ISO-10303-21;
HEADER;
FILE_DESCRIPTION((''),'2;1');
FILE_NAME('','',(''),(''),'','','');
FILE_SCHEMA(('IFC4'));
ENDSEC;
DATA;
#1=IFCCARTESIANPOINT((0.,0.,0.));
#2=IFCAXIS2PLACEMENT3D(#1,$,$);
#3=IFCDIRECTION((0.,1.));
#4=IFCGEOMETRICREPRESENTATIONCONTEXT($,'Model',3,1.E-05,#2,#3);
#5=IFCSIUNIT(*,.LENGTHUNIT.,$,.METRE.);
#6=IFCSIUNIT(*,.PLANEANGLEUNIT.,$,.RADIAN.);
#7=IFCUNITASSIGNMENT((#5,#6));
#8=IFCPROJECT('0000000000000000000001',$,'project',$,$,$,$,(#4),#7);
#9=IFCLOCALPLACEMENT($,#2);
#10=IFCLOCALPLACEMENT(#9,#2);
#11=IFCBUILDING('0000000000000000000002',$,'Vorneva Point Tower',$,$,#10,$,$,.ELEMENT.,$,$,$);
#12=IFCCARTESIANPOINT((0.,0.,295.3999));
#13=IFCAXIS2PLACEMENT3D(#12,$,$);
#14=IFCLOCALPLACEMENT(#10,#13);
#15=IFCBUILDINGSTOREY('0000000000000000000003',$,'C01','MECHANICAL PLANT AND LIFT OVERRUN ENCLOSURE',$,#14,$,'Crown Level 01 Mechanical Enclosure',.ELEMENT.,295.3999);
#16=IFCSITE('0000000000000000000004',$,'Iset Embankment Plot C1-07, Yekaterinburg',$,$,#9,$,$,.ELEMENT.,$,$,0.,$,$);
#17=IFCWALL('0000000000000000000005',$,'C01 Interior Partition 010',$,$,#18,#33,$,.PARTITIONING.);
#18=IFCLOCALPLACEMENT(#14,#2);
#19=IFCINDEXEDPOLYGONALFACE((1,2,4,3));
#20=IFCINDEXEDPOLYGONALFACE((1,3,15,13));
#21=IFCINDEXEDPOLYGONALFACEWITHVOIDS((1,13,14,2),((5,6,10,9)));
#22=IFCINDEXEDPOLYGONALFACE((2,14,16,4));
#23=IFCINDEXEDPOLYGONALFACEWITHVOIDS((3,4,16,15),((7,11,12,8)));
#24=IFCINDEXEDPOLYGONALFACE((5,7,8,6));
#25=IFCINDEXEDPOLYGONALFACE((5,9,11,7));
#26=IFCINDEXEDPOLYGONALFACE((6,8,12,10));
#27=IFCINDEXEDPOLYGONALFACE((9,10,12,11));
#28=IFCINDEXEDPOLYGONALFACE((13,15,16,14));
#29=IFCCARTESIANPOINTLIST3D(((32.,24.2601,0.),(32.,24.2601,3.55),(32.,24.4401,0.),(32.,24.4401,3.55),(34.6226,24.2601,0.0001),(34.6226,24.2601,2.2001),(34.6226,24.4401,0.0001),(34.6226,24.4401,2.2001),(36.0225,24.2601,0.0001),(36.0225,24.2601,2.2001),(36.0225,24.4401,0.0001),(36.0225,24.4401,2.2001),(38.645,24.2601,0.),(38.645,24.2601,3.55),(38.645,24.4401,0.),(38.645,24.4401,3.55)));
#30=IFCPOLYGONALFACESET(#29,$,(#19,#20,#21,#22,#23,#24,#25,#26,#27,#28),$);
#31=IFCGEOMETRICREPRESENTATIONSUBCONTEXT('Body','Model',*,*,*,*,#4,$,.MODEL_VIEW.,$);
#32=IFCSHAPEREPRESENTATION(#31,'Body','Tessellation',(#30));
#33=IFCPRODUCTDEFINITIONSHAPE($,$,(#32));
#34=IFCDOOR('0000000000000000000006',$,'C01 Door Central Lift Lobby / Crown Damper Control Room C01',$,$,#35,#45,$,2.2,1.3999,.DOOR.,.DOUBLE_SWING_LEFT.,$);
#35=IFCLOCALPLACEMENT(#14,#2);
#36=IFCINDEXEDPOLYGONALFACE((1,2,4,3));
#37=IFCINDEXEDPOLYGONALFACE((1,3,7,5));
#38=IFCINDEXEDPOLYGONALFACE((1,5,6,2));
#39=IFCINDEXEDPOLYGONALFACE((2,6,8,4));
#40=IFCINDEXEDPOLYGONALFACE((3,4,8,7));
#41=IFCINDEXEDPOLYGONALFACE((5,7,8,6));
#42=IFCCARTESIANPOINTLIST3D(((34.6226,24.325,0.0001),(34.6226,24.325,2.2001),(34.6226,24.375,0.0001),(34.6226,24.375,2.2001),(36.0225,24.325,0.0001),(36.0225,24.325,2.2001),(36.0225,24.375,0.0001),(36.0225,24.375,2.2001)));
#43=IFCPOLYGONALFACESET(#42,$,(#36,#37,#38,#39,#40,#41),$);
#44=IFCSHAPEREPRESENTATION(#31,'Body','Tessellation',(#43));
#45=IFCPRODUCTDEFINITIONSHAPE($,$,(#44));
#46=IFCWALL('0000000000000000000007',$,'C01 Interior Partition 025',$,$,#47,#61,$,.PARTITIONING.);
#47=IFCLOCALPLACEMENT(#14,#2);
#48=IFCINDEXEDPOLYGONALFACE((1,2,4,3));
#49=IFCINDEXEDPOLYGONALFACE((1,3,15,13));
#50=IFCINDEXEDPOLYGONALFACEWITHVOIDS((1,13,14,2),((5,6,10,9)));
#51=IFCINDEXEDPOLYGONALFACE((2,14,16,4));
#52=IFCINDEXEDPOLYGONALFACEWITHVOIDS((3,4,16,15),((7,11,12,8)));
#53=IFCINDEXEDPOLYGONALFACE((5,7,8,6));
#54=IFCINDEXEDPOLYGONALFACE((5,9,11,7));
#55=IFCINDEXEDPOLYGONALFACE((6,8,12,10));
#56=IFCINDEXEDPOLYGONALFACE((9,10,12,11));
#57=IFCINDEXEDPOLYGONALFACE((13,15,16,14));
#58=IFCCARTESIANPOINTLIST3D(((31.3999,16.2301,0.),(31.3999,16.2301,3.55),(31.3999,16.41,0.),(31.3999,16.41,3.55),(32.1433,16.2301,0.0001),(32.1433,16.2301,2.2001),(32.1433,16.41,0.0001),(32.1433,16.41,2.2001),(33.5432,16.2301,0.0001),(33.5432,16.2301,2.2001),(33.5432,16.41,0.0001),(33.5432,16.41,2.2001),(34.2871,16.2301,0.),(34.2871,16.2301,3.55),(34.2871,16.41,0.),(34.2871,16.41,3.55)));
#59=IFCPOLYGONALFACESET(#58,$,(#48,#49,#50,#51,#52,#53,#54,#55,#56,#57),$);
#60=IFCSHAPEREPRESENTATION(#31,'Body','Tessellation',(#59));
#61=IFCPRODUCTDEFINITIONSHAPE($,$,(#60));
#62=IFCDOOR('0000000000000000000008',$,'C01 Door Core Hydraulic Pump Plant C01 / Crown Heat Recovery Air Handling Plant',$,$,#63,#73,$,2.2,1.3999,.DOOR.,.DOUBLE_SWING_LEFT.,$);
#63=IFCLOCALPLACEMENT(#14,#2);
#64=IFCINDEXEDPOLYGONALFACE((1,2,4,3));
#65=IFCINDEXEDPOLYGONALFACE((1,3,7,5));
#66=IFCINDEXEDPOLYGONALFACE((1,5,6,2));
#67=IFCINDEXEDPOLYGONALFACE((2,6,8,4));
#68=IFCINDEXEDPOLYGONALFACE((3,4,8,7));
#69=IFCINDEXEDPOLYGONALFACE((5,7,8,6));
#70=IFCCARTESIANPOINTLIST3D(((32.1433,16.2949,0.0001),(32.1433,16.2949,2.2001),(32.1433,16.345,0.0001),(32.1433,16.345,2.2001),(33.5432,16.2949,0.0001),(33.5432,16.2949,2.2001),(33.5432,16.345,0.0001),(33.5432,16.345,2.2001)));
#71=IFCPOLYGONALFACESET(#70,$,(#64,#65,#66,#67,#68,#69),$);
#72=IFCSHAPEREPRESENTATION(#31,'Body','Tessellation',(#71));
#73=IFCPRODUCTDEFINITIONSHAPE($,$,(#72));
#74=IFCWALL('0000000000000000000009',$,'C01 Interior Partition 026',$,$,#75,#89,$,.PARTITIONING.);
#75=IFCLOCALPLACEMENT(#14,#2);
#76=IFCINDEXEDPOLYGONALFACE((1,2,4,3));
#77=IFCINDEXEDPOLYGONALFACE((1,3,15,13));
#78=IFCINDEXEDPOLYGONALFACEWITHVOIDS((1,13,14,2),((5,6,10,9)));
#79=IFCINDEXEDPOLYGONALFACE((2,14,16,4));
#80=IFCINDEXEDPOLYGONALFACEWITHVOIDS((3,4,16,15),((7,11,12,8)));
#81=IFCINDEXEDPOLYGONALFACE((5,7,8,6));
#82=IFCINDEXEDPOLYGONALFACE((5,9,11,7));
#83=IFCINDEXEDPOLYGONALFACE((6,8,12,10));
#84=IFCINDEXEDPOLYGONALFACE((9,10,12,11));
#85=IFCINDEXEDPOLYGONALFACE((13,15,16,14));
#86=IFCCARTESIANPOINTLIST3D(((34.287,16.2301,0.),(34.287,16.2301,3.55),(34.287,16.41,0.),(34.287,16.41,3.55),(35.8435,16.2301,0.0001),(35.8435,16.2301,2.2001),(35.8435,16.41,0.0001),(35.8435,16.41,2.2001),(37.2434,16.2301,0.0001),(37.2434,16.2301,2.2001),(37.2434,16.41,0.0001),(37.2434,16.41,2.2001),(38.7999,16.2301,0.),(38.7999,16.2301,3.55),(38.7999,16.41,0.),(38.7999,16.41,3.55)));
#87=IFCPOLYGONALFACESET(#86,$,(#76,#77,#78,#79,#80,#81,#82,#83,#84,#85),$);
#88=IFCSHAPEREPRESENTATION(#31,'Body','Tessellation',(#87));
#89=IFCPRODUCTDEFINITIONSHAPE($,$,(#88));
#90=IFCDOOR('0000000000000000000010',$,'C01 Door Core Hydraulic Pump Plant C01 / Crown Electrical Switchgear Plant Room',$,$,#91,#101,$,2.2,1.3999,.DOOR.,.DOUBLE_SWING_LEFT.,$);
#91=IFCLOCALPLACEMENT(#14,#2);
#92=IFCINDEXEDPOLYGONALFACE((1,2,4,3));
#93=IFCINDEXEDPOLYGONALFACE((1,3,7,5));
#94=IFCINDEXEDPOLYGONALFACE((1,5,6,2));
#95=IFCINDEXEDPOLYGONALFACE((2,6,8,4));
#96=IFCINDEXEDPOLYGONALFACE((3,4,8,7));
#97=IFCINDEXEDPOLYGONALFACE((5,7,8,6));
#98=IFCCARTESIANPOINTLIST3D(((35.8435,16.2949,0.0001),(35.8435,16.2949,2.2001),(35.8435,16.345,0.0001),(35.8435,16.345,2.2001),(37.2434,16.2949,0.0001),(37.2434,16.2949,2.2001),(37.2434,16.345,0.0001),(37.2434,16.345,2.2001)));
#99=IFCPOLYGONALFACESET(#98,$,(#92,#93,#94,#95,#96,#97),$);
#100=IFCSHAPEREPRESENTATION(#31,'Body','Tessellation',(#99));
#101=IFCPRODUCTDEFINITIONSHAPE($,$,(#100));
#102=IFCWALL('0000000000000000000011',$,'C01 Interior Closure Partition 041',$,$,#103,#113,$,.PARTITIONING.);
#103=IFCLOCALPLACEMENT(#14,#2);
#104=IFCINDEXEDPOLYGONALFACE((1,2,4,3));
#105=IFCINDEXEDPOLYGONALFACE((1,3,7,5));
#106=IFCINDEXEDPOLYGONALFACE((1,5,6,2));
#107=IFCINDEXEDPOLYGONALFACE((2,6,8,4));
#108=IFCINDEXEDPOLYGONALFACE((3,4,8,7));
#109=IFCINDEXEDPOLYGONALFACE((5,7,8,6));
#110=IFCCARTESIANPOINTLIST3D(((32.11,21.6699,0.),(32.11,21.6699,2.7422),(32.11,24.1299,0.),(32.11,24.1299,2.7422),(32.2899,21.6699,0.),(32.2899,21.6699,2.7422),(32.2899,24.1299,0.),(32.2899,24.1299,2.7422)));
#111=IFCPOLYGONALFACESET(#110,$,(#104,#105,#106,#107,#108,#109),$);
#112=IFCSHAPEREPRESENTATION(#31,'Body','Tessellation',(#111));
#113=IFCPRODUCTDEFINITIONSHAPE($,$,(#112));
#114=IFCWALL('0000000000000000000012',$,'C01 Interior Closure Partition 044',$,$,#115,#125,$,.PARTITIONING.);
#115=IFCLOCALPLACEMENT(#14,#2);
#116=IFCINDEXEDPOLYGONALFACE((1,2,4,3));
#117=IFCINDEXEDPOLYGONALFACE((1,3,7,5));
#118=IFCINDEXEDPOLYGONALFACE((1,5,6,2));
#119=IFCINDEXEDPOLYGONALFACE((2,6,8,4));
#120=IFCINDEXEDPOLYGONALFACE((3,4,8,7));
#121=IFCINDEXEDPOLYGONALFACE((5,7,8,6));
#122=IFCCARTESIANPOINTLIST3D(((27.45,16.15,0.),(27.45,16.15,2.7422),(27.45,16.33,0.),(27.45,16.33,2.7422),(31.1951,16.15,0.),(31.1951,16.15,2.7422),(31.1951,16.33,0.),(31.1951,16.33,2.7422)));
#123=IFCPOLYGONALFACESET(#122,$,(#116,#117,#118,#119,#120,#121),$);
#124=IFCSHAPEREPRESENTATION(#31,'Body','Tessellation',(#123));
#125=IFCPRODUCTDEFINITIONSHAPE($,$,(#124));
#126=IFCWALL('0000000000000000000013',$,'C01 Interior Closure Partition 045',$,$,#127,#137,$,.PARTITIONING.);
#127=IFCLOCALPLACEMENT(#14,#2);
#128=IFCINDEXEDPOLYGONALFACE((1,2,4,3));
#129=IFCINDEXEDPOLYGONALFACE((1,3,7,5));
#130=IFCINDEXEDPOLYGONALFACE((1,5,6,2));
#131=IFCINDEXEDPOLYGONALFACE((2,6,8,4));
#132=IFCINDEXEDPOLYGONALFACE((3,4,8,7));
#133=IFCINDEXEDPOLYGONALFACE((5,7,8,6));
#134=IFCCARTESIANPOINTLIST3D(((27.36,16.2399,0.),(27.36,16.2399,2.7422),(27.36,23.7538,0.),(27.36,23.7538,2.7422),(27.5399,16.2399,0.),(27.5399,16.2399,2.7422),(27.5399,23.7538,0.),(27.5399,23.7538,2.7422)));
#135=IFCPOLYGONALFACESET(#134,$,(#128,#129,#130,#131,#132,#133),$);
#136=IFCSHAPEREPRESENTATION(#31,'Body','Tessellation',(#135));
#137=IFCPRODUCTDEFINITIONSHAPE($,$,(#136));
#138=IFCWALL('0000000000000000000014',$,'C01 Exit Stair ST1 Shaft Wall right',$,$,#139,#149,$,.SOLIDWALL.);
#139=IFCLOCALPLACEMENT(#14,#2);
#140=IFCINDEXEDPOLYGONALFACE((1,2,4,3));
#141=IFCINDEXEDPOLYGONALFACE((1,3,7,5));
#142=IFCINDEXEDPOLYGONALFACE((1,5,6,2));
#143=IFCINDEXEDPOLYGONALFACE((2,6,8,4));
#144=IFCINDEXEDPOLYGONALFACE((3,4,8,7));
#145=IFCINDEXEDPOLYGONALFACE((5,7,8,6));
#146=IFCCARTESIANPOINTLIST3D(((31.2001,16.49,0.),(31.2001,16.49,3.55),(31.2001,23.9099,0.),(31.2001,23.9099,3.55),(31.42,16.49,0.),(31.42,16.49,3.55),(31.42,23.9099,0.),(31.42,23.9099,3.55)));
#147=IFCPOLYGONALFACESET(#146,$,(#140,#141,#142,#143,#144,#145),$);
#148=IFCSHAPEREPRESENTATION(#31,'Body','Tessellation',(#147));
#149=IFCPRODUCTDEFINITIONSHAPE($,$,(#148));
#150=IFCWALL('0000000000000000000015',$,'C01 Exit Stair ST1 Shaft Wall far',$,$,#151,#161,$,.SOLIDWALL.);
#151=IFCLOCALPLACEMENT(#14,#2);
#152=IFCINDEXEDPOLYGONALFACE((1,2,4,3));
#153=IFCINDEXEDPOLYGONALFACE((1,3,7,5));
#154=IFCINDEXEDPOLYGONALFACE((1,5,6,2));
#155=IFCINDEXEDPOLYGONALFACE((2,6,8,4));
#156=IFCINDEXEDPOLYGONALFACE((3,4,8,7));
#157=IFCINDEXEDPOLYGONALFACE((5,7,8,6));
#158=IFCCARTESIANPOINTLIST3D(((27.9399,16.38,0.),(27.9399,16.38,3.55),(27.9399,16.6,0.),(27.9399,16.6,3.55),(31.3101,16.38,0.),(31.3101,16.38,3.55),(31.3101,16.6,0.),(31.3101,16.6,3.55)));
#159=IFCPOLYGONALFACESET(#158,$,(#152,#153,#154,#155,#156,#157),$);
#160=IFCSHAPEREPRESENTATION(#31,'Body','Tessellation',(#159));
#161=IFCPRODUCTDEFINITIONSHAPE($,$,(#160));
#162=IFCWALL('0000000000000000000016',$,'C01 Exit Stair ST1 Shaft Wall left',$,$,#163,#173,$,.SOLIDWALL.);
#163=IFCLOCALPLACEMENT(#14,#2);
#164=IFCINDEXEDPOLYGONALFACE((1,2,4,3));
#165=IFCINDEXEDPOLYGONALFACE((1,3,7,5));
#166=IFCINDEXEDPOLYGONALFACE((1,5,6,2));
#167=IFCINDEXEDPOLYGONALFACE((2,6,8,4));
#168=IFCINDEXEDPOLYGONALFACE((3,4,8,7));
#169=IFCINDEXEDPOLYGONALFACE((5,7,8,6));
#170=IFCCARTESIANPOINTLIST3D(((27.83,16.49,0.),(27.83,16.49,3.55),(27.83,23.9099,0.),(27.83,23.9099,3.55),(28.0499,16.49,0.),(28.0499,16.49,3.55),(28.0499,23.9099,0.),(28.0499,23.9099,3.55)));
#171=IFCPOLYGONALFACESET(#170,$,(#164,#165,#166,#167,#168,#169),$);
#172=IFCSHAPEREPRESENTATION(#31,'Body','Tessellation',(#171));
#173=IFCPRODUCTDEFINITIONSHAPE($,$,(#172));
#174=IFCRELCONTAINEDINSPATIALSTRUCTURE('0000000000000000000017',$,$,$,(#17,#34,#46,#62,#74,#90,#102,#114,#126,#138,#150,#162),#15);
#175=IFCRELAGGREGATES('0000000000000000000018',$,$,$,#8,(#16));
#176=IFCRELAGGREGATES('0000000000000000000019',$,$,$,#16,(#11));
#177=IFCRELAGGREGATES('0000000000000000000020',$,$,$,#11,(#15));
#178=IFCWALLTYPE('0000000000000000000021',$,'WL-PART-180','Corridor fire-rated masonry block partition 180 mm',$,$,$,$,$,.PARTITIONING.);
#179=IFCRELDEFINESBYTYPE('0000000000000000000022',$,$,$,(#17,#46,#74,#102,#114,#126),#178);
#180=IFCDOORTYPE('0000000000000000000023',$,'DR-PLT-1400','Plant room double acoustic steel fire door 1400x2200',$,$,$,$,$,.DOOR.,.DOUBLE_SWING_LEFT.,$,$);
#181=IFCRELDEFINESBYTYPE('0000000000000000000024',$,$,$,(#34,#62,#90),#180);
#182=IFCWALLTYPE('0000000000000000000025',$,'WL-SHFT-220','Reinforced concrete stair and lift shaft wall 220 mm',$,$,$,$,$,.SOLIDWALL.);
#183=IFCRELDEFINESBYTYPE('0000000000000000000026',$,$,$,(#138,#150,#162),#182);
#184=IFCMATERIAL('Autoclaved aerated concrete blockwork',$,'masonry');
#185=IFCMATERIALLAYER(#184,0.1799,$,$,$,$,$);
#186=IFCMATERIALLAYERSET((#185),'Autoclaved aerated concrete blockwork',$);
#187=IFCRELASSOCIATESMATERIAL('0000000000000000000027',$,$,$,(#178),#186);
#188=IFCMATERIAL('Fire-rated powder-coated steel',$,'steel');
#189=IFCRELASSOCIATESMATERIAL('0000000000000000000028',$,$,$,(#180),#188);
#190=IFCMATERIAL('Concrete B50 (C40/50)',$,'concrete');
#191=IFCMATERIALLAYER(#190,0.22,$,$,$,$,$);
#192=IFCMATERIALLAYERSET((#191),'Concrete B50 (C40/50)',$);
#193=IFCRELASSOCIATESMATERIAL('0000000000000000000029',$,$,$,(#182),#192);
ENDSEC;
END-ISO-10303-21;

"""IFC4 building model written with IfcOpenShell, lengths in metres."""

from ifc_helpers import new_model, si_unit, direction, frame, frame_2d, origin, place, context, subcontext, project, spatial, rectangle, extrude, material, layer, layer_set, type_object, element, fill, save


model = new_model("IFC4")

# Units and contexts
model_context = context("Model", 3, precision=1e-05, world=origin(), true_north=direction((0.0, 1.0)))
body_context = subcontext(model_context, "Body", "Model", "MODEL_VIEW")
ifc_project = project(units=[si_unit("LENGTHUNIT", "METRE"), si_unit("PLANEANGLEUNIT", "RADIAN")], contexts=[model_context])

# Site, building, storey
site_placement = place(None, origin())
site = spatial("IfcSite", under=ifc_project, at=site_placement, Name="Iset Embankment Plot C1-07, Yekaterinburg", CompositionType="ELEMENT", RefElevation=0.0)
building_placement = place(site_placement, origin())
building = spatial("IfcBuilding", under=site, at=building_placement, Name="Vorneva Point Tower", CompositionType="ELEMENT")
storey_placement = place(building_placement, frame((0.0, 0.0, 295.3999)))
storey = spatial("IfcBuildingStorey", under=building, at=storey_placement, Name="C01", Description="MECHANICAL PLANT AND LIFT OVERRUN ENCLOSURE", LongName="Crown Level 01 Mechanical Enclosure", CompositionType="ELEMENT", Elevation=295.3999)

# Shared definitions
ifc_material_1 = material(Name="Concrete B50 (C40/50)", Category="concrete")

# Walls, openings, doors
ifc_material_2 = material(Name="Autoclaved aerated concrete blockwork", Category="masonry")
ifc_layer_1 = layer(ifc_material_2, 0.1799)
ifc_layer_set_1 = layer_set([ifc_layer_1], Name="Autoclaved aerated concrete blockwork")
wall_type_1 = type_object("IfcWallType", Name="WL-PART-180", Description="Corridor fire-rated masonry block partition 180 mm", PredefinedType="PARTITIONING", material=ifc_layer_set_1)
ifc_material_3 = material(Name="Fire-rated powder-coated steel", Category="steel")
wall_1_placement = place(storey_placement, frame((32.0, 24.3501, 0.0), z_axis=(0.0, 0.0, 1.0), x_axis=(1.0, 0.0, 0.0)))
wall_1 = element("IfcWall", 1, at=wall_1_placement, inside=storey, type_object=wall_type_1, Name="C01 Interior Partition 010", PredefinedType="PARTITIONING", context=body_context, shape_type="SweptSolid", body=[
    extrude(rectangle(XDim=6.645, YDim=0.1799, at=frame_2d((3.3225, 0.0))), origin(), (0.0, 0.0, 1.0), 3.55),
])
opening_1_placement = place(wall_1_placement, frame((2.6226, 0.0, 0.0)))
opening_1 = element("IfcOpeningElement", 2, at=opening_1_placement, cuts=wall_1, PredefinedType="OPENING", context=body_context, shape_type="SweptSolid", body=[
    extrude(rectangle(XDim=1.3999, YDim=2.2, at=frame_2d((0.7, 1.1001))), frame((0.0, 0.105, 0.0), z_axis=(0.0, -1.0, 0.0), x_axis=(1.0, 0.0, 0.0)), (0.0, 0.0, 1.0), 0.2097),
])
door_type_1 = type_object("IfcDoorType", Name="DR-PLT-1400", Description="Plant room double acoustic steel fire door 1400x2200", OperationType="DOUBLE_SWING_LEFT", PredefinedType="DOOR", material=ifc_material_3)
door_1_placement = place(opening_1_placement, origin())
door_1 = element("IfcDoor", 3, at=door_1_placement, inside=storey, type_object=door_type_1, Name="C01 Door Central Lift Lobby / Crown Damper Control Room C01", OperationType="DOUBLE_SWING_LEFT", OverallHeight=2.2, OverallWidth=1.3999, PredefinedType="DOOR", context=body_context, shape_type="SweptSolid", body=[
    extrude(rectangle(XDim=1.3999, YDim=2.2, at=frame_2d((0.7, 1.1001))), frame((0.0, 0.0249, 0.0), z_axis=(0.0, -1.0, 0.0), x_axis=(1.0, 0.0, 0.0)), (0.0, 0.0, 1.0), 0.05),
])
fill(opening_1, door_1)
wall_2_placement = place(storey_placement, frame((31.3999, 16.3201, 0.0), z_axis=(0.0, 0.0, 1.0), x_axis=(1.0, 0.0, 0.0)))
wall_2 = element("IfcWall", 4, at=wall_2_placement, inside=storey, type_object=wall_type_1, Name="C01 Interior Partition 025", PredefinedType="PARTITIONING", context=body_context, shape_type="SweptSolid", body=[
    extrude(rectangle(XDim=2.8872, YDim=0.1799, at=frame_2d((1.4436, 0.0))), origin(), (0.0, 0.0, 1.0), 3.55),
])
opening_2_placement = place(wall_2_placement, frame((0.7434, 0.0, 0.0)))
opening_2 = element("IfcOpeningElement", 5, at=opening_2_placement, cuts=wall_2, PredefinedType="OPENING", context=body_context, shape_type="SweptSolid", body=[
    extrude(rectangle(XDim=1.3999, YDim=2.2, at=frame_2d((0.7, 1.1001))), frame((0.0, 0.105, 0.0), z_axis=(0.0, -1.0, 0.0), x_axis=(1.0, 0.0, 0.0)), (0.0, 0.0, 1.0), 0.2097),
])
door_2_placement = place(opening_2_placement, origin())
door_2 = element("IfcDoor", 6, at=door_2_placement, inside=storey, type_object=door_type_1, Name="C01 Door Core Hydraulic Pump Plant C01 / Crown Heat Recovery Air Handling Plant", OperationType="DOUBLE_SWING_LEFT", OverallHeight=2.2, OverallWidth=1.3999, PredefinedType="DOOR", context=body_context, shape_type="SweptSolid", body=[
    extrude(rectangle(XDim=1.3999, YDim=2.2, at=frame_2d((0.7, 1.1001))), frame((0.0, 0.0249, 0.0), z_axis=(0.0, -1.0, 0.0), x_axis=(1.0, 0.0, 0.0)), (0.0, 0.0, 1.0), 0.05),
])
fill(opening_2, door_2)
wall_3_placement = place(storey_placement, frame((34.2871, 16.3201, 0.0), z_axis=(0.0, 0.0, 1.0), x_axis=(1.0, 0.0, 0.0)))
wall_3 = element("IfcWall", 7, at=wall_3_placement, inside=storey, type_object=wall_type_1, Name="C01 Interior Partition 026", PredefinedType="PARTITIONING", context=body_context, shape_type="SweptSolid", body=[
    extrude(rectangle(XDim=4.5129, YDim=0.1799, at=frame_2d((2.2563, 0.0))), origin(), (0.0, 0.0, 1.0), 3.55),
])
opening_3_placement = place(wall_3_placement, frame((1.5564, 0.0, 0.0)))
opening_3 = element("IfcOpeningElement", 8, at=opening_3_placement, cuts=wall_3, PredefinedType="OPENING", context=body_context, shape_type="SweptSolid", body=[
    extrude(rectangle(XDim=1.3999, YDim=2.2, at=frame_2d((0.7, 1.1001))), frame((0.0, 0.105, 0.0), z_axis=(0.0, -1.0, 0.0), x_axis=(1.0, 0.0, 0.0)), (0.0, 0.0, 1.0), 0.2097),
])
door_3_placement = place(opening_3_placement, origin())
door_3 = element("IfcDoor", 9, at=door_3_placement, inside=storey, type_object=door_type_1, Name="C01 Door Core Hydraulic Pump Plant C01 / Crown Electrical Switchgear Plant Room", OperationType="DOUBLE_SWING_LEFT", OverallHeight=2.2, OverallWidth=1.3999, PredefinedType="DOOR", context=body_context, shape_type="SweptSolid", body=[
    extrude(rectangle(XDim=1.3999, YDim=2.2, at=frame_2d((0.7, 1.1001))), frame((0.0, 0.0249, 0.0), z_axis=(0.0, -1.0, 0.0), x_axis=(1.0, 0.0, 0.0)), (0.0, 0.0, 1.0), 0.05),
])
fill(opening_3, door_3)

# Walls
wall_4_placement = place(storey_placement, frame((32.2, 24.1299, 0.0), z_axis=(0.0, 0.0, 1.0), x_axis=(0.0, -1.0, 0.0)))
element("IfcWall", 10, at=wall_4_placement, inside=storey, type_object=wall_type_1, Name="C01 Interior Closure Partition 041", PredefinedType="PARTITIONING", context=body_context, shape_type="SweptSolid", body=[
    extrude(rectangle(XDim=2.46, YDim=0.1799, at=frame_2d((1.23, 0.0))), origin(), (0.0, 0.0, 1.0), 2.7422),
])
wall_5_placement = place(storey_placement, frame((31.1951, 16.24, 0.0), z_axis=(0.0, 0.0, 1.0), x_axis=(-1.0, 0.0, 0.0)))
element("IfcWall", 11, at=wall_5_placement, inside=storey, type_object=wall_type_1, Name="C01 Interior Closure Partition 044", PredefinedType="PARTITIONING", context=body_context, shape_type="SweptSolid", body=[
    extrude(rectangle(XDim=3.7451, YDim=0.1799, at=frame_2d((1.8726, 0.0))), origin(), (0.0, 0.0, 1.0), 2.7422),
])
wall_6_placement = place(storey_placement, frame((27.45, 16.24, 0.0), z_axis=(0.0, 0.0, 1.0), x_axis=(0.0, 1.0, 0.0)))
element("IfcWall", 12, at=wall_6_placement, inside=storey, type_object=wall_type_1, Name="C01 Interior Closure Partition 045", PredefinedType="PARTITIONING", context=body_context, shape_type="SweptSolid", body=[
    extrude(rectangle(XDim=7.5139, YDim=0.1799, at=frame_2d((3.7568, 0.0))), origin(), (0.0, 0.0, 1.0), 2.7422),
])

# Shared definitions
ifc_layer_2 = layer(ifc_material_1, 0.22)
ifc_layer_set_2 = layer_set([ifc_layer_2], Name="Concrete B50 (C40/50)")
wall_type_2 = type_object("IfcWallType", Name="WL-SHFT-220", Description="Reinforced concrete stair and lift shaft wall 220 mm", PredefinedType="SOLIDWALL", material=ifc_layer_set_2)

# Walls
wall_7_placement = place(storey_placement, frame((31.3101, 23.9099, 0.0), z_axis=(0.0, 0.0, 1.0), x_axis=(0.0, -1.0, 0.0)))
element("IfcWall", 13, at=wall_7_placement, inside=storey, type_object=wall_type_2, Name="C01 Exit Stair ST1 Shaft Wall right", PredefinedType="SOLIDWALL", context=body_context, shape_type="SweptSolid", body=[
    extrude(rectangle(XDim=7.4199, YDim=0.22, at=frame_2d((3.71, 0.0))), origin(), (0.0, 0.0, 1.0), 3.55),
])
wall_8_placement = place(storey_placement, frame((31.3101, 16.49, 0.0), z_axis=(0.0, 0.0, 1.0), x_axis=(-1.0, 0.0, 0.0)))
element("IfcWall", 14, at=wall_8_placement, inside=storey, type_object=wall_type_2, Name="C01 Exit Stair ST1 Shaft Wall far", PredefinedType="SOLIDWALL", context=body_context, shape_type="SweptSolid", body=[
    extrude(rectangle(XDim=3.3701, YDim=0.22, at=frame_2d((1.6851, 0.0))), origin(), (0.0, 0.0, 1.0), 3.55),
])
wall_9_placement = place(storey_placement, frame((27.9399, 16.49, 0.0), z_axis=(0.0, 0.0, 1.0), x_axis=(0.0, 1.0, 0.0)))
element("IfcWall", 15, at=wall_9_placement, inside=storey, type_object=wall_type_2, Name="C01 Exit Stair ST1 Shaft Wall left", PredefinedType="SOLIDWALL", context=body_context, shape_type="SweptSolid", body=[
    extrude(rectangle(XDim=7.4199, YDim=0.22, at=frame_2d((3.71, 0.0))), origin(), (0.0, 0.0, 1.0), 3.55),
])

save(model, "model.ifc")
